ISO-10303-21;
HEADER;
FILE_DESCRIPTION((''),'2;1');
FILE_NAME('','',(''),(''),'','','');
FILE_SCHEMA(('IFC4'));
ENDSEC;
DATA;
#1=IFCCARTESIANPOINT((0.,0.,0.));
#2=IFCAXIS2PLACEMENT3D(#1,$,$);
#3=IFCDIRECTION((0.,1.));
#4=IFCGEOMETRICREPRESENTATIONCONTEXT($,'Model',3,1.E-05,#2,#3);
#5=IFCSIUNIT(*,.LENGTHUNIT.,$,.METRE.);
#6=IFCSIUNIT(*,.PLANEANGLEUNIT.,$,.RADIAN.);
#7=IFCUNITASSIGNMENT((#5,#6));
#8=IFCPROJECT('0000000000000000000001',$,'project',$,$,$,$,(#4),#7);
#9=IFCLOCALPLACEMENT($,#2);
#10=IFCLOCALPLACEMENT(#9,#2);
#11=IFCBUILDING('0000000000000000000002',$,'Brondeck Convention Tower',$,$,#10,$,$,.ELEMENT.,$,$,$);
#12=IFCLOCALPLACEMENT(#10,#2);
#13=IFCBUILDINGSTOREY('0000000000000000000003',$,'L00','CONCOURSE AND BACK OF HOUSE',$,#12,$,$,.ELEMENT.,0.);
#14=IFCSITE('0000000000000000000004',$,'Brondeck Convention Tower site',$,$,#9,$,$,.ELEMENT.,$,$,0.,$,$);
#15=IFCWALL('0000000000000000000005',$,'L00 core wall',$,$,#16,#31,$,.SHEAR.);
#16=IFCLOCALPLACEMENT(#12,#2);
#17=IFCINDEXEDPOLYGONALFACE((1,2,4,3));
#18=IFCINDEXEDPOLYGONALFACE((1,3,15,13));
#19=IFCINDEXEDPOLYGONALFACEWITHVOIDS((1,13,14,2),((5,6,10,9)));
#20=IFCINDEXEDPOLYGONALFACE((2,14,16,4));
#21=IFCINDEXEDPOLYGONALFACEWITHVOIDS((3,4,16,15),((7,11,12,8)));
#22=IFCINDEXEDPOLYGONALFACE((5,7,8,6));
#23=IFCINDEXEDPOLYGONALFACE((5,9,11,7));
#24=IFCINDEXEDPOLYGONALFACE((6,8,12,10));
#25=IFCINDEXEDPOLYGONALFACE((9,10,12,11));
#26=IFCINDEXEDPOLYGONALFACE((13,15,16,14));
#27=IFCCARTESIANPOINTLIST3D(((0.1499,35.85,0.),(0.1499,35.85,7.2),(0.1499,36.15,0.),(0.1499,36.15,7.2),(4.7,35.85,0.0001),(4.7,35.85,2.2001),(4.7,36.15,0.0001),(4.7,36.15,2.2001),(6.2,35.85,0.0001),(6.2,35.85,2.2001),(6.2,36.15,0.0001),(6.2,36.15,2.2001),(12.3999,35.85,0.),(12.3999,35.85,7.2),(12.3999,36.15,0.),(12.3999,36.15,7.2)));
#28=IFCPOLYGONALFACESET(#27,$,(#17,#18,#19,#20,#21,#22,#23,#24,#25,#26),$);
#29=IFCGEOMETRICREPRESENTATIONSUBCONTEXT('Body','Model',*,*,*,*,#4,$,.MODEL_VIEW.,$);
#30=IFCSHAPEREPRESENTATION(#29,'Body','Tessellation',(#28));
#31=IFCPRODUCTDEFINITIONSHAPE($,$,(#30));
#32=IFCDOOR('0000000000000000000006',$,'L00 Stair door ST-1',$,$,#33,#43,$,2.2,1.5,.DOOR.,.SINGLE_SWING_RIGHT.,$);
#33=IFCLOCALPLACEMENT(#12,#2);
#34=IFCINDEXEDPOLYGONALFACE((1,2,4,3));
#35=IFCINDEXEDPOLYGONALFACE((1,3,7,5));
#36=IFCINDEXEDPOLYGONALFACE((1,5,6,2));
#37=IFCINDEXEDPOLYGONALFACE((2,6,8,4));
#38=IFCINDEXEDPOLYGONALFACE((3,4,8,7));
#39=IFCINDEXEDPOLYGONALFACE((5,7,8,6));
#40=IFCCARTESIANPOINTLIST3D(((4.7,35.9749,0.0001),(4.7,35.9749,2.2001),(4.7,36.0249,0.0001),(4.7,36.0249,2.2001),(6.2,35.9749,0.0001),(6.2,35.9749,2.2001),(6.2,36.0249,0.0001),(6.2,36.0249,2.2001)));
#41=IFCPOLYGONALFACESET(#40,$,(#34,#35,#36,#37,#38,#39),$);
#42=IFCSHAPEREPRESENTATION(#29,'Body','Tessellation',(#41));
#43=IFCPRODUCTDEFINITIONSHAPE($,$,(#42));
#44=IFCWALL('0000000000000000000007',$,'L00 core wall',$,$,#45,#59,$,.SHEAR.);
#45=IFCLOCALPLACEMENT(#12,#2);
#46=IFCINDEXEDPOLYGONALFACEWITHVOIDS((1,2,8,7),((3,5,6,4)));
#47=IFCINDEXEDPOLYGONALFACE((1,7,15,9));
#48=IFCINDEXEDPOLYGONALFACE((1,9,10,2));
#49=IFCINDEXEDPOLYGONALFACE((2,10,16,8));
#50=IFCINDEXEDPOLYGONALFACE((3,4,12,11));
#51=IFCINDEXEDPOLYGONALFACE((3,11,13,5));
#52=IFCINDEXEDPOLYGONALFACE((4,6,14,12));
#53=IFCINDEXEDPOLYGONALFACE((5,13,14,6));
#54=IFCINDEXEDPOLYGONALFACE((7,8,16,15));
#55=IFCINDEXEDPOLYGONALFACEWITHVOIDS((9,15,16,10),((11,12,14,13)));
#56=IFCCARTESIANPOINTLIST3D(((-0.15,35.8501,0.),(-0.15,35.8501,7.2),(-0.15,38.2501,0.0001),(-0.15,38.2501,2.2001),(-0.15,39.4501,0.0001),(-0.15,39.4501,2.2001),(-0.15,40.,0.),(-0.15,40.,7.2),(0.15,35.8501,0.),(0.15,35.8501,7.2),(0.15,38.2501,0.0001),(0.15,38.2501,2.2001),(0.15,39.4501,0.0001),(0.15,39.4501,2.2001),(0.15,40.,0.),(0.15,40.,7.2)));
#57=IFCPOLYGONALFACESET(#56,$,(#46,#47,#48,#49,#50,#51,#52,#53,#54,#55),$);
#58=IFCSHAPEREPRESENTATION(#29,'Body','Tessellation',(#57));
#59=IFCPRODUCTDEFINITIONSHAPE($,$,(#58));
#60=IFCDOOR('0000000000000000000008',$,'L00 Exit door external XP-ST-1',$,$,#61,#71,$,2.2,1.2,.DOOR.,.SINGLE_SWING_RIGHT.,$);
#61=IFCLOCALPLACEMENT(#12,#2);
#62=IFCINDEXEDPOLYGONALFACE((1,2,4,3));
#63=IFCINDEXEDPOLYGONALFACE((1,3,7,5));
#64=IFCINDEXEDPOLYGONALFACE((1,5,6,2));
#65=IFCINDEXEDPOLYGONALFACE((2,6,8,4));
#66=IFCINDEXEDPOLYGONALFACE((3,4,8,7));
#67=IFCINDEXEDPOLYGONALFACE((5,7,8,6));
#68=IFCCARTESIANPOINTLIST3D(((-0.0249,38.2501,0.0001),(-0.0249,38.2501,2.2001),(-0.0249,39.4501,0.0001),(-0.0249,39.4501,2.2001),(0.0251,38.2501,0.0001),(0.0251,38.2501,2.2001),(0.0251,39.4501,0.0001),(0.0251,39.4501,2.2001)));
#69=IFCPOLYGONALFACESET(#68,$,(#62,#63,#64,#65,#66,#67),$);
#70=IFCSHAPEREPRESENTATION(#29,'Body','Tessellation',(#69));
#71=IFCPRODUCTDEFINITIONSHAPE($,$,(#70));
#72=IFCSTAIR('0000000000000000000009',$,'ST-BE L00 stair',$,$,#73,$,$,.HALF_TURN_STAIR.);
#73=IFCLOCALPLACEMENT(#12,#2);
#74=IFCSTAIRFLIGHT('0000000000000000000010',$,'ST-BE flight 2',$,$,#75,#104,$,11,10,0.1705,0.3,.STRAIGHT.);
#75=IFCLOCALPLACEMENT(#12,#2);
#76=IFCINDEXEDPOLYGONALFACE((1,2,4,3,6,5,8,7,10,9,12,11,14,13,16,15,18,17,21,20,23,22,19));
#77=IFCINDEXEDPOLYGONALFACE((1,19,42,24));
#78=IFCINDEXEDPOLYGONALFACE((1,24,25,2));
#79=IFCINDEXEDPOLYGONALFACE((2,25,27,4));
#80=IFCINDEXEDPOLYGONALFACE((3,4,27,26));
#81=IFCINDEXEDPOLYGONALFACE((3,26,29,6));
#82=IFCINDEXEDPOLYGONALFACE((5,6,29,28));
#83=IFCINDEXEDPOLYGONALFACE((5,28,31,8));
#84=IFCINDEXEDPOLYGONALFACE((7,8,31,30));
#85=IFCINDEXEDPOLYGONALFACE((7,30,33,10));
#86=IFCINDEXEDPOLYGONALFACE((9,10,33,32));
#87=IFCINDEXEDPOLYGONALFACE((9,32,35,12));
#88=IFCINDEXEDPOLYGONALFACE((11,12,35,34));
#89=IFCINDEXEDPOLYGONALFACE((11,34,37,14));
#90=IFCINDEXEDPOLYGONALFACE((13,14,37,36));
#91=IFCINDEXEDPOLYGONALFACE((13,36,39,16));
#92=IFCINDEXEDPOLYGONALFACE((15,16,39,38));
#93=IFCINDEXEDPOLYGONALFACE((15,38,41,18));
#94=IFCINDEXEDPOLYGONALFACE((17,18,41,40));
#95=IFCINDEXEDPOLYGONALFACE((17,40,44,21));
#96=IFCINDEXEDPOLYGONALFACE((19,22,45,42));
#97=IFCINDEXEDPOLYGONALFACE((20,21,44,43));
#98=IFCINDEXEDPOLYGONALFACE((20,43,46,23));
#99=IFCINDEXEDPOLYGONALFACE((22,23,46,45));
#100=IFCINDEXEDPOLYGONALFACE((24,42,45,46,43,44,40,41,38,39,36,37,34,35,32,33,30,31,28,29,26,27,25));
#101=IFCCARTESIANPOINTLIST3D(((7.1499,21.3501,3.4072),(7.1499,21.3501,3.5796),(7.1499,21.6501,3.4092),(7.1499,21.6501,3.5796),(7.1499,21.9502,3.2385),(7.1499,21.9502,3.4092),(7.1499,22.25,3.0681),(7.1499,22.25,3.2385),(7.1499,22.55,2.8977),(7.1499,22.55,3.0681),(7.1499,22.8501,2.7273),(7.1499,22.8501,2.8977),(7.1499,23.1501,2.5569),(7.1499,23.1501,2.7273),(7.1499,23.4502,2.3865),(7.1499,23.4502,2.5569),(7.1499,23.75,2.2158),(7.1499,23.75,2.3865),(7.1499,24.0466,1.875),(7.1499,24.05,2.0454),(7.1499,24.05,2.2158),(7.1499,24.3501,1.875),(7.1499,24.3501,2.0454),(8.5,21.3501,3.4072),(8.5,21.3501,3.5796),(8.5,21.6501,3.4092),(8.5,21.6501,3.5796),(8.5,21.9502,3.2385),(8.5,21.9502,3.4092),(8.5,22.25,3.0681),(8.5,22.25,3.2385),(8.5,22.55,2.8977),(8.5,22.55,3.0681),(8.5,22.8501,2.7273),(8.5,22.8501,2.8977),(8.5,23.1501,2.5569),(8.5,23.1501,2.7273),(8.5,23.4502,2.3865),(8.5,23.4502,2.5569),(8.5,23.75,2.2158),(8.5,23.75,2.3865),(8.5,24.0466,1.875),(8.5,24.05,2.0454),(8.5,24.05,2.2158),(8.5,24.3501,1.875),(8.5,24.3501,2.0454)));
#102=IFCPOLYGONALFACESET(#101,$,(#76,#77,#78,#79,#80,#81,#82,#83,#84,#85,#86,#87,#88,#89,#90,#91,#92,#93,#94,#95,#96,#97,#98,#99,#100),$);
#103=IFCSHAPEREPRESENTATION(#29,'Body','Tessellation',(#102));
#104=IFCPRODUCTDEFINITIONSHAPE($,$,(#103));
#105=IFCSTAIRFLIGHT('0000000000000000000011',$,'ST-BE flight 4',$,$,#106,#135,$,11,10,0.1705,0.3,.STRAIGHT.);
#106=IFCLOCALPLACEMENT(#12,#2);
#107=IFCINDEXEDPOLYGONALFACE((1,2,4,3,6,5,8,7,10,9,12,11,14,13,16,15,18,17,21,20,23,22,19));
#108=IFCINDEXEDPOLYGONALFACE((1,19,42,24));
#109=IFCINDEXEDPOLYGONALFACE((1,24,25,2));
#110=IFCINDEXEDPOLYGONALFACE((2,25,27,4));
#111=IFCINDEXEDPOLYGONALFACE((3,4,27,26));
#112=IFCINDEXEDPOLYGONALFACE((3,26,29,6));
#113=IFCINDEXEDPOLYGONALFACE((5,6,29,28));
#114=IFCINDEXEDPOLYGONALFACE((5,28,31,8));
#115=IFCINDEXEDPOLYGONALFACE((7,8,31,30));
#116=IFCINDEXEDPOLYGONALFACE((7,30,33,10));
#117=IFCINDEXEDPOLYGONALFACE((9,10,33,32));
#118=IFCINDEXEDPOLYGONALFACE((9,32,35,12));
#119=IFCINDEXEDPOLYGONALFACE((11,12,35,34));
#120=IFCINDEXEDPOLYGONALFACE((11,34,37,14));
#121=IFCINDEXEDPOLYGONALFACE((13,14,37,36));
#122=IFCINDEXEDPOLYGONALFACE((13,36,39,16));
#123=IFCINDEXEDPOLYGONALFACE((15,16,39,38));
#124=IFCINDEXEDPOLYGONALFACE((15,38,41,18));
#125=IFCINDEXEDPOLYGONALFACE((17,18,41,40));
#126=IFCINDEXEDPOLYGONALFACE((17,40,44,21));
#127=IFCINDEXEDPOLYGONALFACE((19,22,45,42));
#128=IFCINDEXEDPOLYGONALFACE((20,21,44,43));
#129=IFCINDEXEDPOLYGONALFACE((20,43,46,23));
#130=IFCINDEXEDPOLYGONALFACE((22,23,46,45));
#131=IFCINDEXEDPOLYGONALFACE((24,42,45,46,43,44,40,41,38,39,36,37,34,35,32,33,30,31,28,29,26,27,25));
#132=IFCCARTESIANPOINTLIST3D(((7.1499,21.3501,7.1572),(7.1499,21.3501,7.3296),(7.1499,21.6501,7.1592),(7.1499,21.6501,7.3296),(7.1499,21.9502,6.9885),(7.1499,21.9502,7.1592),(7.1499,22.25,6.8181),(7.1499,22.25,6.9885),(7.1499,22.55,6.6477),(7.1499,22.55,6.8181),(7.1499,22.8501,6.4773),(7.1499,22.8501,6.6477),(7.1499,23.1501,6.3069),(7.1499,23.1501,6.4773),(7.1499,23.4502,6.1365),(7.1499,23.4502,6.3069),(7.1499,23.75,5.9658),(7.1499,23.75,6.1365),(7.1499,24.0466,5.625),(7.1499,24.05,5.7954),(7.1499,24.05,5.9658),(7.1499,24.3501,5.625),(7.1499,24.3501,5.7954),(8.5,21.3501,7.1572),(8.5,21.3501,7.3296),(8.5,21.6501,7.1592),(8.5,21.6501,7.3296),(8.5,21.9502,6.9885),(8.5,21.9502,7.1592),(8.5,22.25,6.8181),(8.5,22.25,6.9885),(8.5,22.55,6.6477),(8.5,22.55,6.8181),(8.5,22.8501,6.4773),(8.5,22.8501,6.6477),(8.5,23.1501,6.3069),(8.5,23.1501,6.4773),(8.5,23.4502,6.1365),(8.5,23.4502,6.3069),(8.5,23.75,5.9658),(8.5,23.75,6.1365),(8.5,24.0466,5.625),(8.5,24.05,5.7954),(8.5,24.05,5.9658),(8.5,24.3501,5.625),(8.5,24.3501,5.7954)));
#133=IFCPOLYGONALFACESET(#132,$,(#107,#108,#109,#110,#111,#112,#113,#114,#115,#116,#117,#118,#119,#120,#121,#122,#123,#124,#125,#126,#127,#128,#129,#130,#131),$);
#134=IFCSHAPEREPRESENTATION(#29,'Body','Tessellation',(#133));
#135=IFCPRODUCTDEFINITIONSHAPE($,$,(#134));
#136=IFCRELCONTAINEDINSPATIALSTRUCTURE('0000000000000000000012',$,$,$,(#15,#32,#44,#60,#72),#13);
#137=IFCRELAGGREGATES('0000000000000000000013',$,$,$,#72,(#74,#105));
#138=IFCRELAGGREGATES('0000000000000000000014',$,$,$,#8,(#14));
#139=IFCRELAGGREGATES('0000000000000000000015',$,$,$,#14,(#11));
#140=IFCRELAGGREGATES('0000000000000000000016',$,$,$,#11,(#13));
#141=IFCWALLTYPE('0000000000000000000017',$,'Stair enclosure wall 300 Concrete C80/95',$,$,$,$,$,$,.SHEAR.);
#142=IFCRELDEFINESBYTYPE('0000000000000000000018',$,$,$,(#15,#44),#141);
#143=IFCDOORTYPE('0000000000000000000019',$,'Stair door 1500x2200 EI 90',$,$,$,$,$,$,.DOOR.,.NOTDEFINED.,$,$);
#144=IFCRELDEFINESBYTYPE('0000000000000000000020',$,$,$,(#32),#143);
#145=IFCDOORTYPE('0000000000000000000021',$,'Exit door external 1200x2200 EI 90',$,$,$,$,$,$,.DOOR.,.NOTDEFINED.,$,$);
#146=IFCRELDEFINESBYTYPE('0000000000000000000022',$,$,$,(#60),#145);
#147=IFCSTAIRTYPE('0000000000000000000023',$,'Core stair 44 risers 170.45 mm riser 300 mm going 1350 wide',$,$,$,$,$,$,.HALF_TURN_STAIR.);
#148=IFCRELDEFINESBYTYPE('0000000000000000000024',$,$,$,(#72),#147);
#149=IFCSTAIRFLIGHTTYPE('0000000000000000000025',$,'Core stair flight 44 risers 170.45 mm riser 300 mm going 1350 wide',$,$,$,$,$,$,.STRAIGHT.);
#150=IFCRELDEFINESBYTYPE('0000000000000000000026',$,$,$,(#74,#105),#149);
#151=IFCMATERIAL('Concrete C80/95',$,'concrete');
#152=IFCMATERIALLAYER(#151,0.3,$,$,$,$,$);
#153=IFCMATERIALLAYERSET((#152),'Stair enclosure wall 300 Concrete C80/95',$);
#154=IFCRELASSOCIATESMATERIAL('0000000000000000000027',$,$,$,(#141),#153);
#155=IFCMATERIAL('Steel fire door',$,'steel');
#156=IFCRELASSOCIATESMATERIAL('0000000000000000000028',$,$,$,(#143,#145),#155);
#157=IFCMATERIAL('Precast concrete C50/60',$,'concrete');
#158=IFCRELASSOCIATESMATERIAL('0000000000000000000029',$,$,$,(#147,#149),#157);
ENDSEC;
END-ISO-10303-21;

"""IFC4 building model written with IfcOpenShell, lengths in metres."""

from ifc_helpers import new_model, si_unit, direction, frame, frame_2d, origin, place, context, subcontext, project, spatial, polyline, rectangle, outline, extrude, material, layer, layer_set, type_object, element, fill, aggregate, save


model = new_model("IFC4")

# Units and contexts
model_context = context("Model", 3, precision=1e-05, world=origin(), true_north=direction((0.0, 1.0)))
body_context = subcontext(model_context, "Body", "Model", "MODEL_VIEW")
ifc_project = project(units=[si_unit("LENGTHUNIT", "METRE"), si_unit("PLANEANGLEUNIT", "RADIAN")], contexts=[model_context])

# Site, building, storey
site_placement = place(None, origin())
site = spatial("IfcSite", under=ifc_project, at=site_placement, Name="Brondeck Convention Tower site", CompositionType="ELEMENT", RefElevation=0.0)
building_placement = place(site_placement, origin())
building = spatial("IfcBuilding", under=site, at=building_placement, Name="Brondeck Convention Tower", CompositionType="ELEMENT")
storey_placement = place(building_placement, origin())
storey = spatial("IfcBuildingStorey", under=building, at=storey_placement, Name="L00", Description="CONCOURSE AND BACK OF HOUSE", CompositionType="ELEMENT", Elevation=0.0)

# Shared definitions
ifc_material_1 = material(Name="Concrete C80/95", Category="concrete")

# Shared definitions
ifc_layer_1 = layer(ifc_material_1, 0.3)
ifc_layer_set_1 = layer_set([ifc_layer_1], Name="Stair enclosure wall 300 Concrete C80/95")
wall_type_1 = type_object("IfcWallType", Name="Stair enclosure wall 300 Concrete C80/95", PredefinedType="SHEAR", material=ifc_layer_set_1)

# Walls, openings, doors
wall_1_placement = place(storey_placement, frame((0.1499, 36.0, 0.0), z_axis=(0.0, 0.0, 1.0), x_axis=(1.0, 0.0, 0.0)))
wall_1 = element("IfcWall", 1, at=wall_1_placement, inside=storey, type_object=wall_type_1, Name="L00 core wall", PredefinedType="SHEAR", context=body_context, shape_type="SweptSolid", body=[
    extrude(rectangle(XDim=12.25, YDim=0.3, at=frame_2d((6.125, 0.0))), origin(), (0.0, 0.0, 1.0), 7.2),
])
opening_1_placement = place(wall_1_placement, frame((4.55, 0.0, 0.0)))
opening_1 = element("IfcOpeningElement", 2, at=opening_1_placement, cuts=wall_1, PredefinedType="OPENING", context=body_context, shape_type="SweptSolid", body=[
    extrude(rectangle(XDim=1.5, YDim=2.2, at=frame_2d((0.75, 1.1001))), frame((0.0, 0.1599, 0.0), z_axis=(0.0, -1.0, 0.0), x_axis=(1.0, 0.0, 0.0)), (0.0, 0.0, 1.0), 0.3201),
])
ifc_material_2 = material(Name="Steel fire door", Category="steel")
door_type_1 = type_object("IfcDoorType", Name="Stair door 1500x2200 EI 90", OperationType="NOTDEFINED", PredefinedType="DOOR", material=ifc_material_2)
door_1_placement = place(opening_1_placement, origin())
door_1 = element("IfcDoor", 3, at=door_1_placement, inside=storey, type_object=door_type_1, Name="L00 Stair door ST-1", OperationType="SINGLE_SWING_RIGHT", OverallHeight=2.2, OverallWidth=1.5, PredefinedType="DOOR", context=body_context, shape_type="SweptSolid", body=[
    extrude(rectangle(XDim=1.5, YDim=2.2, at=frame_2d((0.75, 1.1001))), frame((0.0, 0.0249, 0.0), z_axis=(0.0, -1.0, 0.0), x_axis=(1.0, 0.0, 0.0)), (0.0, 0.0, 1.0), 0.05),
])
fill(opening_1, door_1)
wall_2_placement = place(storey_placement, frame((0.0, 35.8501, 0.0), z_axis=(0.0, 0.0, 1.0), x_axis=(0.0, 1.0, 0.0)))
wall_2 = element("IfcWall", 4, at=wall_2_placement, inside=storey, type_object=wall_type_1, Name="L00 core wall", PredefinedType="SHEAR", context=body_context, shape_type="SweptSolid", body=[
    extrude(rectangle(XDim=4.1499, YDim=0.3, at=frame_2d((2.075, 0.0))), origin(), (0.0, 0.0, 1.0), 7.2),
])
opening_2_placement = place(wall_2_placement, frame((2.3999, 0.0, 0.0)))
opening_2 = element("IfcOpeningElement", 5, at=opening_2_placement, cuts=wall_2, PredefinedType="OPENING", context=body_context, shape_type="SweptSolid", body=[
    extrude(rectangle(XDim=1.2, YDim=2.2, at=frame_2d((0.6001, 1.1001))), frame((0.0, 0.1599, 0.0), z_axis=(0.0, -1.0, 0.0), x_axis=(1.0, 0.0, 0.0)), (0.0, 0.0, 1.0), 0.3201),
])
door_type_2 = type_object("IfcDoorType", Name="Exit door external 1200x2200 EI 90", OperationType="NOTDEFINED", PredefinedType="DOOR", material=ifc_material_2)
door_2_placement = place(opening_2_placement, origin())
door_2 = element("IfcDoor", 6, at=door_2_placement, inside=storey, type_object=door_type_2, Name="L00 Exit door external XP-ST-1", OperationType="SINGLE_SWING_RIGHT", OverallHeight=2.2, OverallWidth=1.2, PredefinedType="DOOR", context=body_context, shape_type="SweptSolid", body=[
    extrude(rectangle(XDim=1.2, YDim=2.2, at=frame_2d((0.6001, 1.1001))), frame((0.0, 0.0249, 0.0), z_axis=(0.0, -1.0, 0.0), x_axis=(1.0, 0.0, 0.0)), (0.0, 0.0, 1.0), 0.05),
])
fill(opening_2, door_2)

# Stair, stair flights
ifc_material_3 = material(Name="Precast concrete C50/60", Category="concrete")
stair_type = type_object("IfcStairType", Name="Core stair 44 risers 170.45 mm riser 300 mm going 1350 wide", PredefinedType="HALF_TURN_STAIR", material=ifc_material_3)
stair_placement = place(storey_placement, origin())
stair = element("IfcStair", 7, at=stair_placement, inside=storey, type_object=stair_type, Name="ST-BE L00 stair", PredefinedType="HALF_TURN_STAIR")
stair_flight_type = type_object("IfcStairFlightType", Name="Core stair flight 44 risers 170.45 mm riser 300 mm going 1350 wide", PredefinedType="STRAIGHT", material=ifc_material_3)
stair_flight_1_placement = place(storey_placement, frame((7.825, 24.3501, 1.875), z_axis=(0.0, 0.0, 1.0), x_axis=(0.0, -1.0, 0.0)))
stair_flight_1 = element("IfcStairFlight", 8, at=stair_flight_1_placement, type_object=stair_flight_type, Name="ST-BE flight 2", NumberOfRisers=11, NumberOfTreads=10, PredefinedType="STRAIGHT", RiserHeight=0.1705, TreadLength=0.3, context=body_context, shape_type="SweptSolid", body=[
    extrude(outline(polyline([(0.0, 0.0), (0.0, 0.1704), (0.3, 0.1704), (0.3, 0.3408), (0.6001, 0.3408), (0.6001, 0.5115), (0.8999, 0.5115), (0.8999, 0.6819), (1.2, 0.6819), (1.2, 0.8523), (1.5, 0.8523), (1.5, 1.0227), (1.8, 1.0227), (1.8, 1.1931), (2.1001, 1.1931), (2.1001, 1.3635), (2.3999, 1.3635), (2.3999, 1.5342), (2.7, 1.5342), (2.7, 1.7046), (3.0, 1.7046), (3.0, 1.875), (3.0, 1.5322), (0.3035, 0.0), (0.0, 0.0)])), frame((0.0, 0.675, 0.0), z_axis=(0.0, -1.0, 0.0), x_axis=(1.0, 0.0, 0.0)), (0.0, 0.0, 1.0), 1.3501),
])
stair_flight_2_placement = place(storey_placement, frame((7.825, 24.3501, 5.625), z_axis=(0.0, 0.0, 1.0), x_axis=(0.0, -1.0, 0.0)))
stair_flight_2 = element("IfcStairFlight", 9, at=stair_flight_2_placement, type_object=stair_flight_type, Name="ST-BE flight 4", NumberOfRisers=11, NumberOfTreads=10, PredefinedType="STRAIGHT", RiserHeight=0.1705, TreadLength=0.3, context=body_context, shape_type="SweptSolid", body=[
    extrude(outline(polyline([(0.0, 0.0), (0.0, 0.1704), (0.3, 0.1704), (0.3, 0.3408), (0.6001, 0.3408), (0.6001, 0.5115), (0.8999, 0.5115), (0.8999, 0.6819), (1.2, 0.6819), (1.2, 0.8523), (1.5, 0.8523), (1.5, 1.0227), (1.8, 1.0227), (1.8, 1.1931), (2.1001, 1.1931), (2.1001, 1.3635), (2.3999, 1.3635), (2.3999, 1.5342), (2.7, 1.5342), (2.7, 1.7046), (3.0, 1.7046), (3.0, 1.875), (3.0, 1.5322), (0.3035, 0.0), (0.0, 0.0)])), frame((0.0, 0.675, 0.0), z_axis=(0.0, -1.0, 0.0), x_axis=(1.0, 0.0, 0.0)), (0.0, 0.0, 1.0), 1.3501),
])
aggregate(stair, [stair_flight_1, stair_flight_2])

save(model, "model.ifc")
